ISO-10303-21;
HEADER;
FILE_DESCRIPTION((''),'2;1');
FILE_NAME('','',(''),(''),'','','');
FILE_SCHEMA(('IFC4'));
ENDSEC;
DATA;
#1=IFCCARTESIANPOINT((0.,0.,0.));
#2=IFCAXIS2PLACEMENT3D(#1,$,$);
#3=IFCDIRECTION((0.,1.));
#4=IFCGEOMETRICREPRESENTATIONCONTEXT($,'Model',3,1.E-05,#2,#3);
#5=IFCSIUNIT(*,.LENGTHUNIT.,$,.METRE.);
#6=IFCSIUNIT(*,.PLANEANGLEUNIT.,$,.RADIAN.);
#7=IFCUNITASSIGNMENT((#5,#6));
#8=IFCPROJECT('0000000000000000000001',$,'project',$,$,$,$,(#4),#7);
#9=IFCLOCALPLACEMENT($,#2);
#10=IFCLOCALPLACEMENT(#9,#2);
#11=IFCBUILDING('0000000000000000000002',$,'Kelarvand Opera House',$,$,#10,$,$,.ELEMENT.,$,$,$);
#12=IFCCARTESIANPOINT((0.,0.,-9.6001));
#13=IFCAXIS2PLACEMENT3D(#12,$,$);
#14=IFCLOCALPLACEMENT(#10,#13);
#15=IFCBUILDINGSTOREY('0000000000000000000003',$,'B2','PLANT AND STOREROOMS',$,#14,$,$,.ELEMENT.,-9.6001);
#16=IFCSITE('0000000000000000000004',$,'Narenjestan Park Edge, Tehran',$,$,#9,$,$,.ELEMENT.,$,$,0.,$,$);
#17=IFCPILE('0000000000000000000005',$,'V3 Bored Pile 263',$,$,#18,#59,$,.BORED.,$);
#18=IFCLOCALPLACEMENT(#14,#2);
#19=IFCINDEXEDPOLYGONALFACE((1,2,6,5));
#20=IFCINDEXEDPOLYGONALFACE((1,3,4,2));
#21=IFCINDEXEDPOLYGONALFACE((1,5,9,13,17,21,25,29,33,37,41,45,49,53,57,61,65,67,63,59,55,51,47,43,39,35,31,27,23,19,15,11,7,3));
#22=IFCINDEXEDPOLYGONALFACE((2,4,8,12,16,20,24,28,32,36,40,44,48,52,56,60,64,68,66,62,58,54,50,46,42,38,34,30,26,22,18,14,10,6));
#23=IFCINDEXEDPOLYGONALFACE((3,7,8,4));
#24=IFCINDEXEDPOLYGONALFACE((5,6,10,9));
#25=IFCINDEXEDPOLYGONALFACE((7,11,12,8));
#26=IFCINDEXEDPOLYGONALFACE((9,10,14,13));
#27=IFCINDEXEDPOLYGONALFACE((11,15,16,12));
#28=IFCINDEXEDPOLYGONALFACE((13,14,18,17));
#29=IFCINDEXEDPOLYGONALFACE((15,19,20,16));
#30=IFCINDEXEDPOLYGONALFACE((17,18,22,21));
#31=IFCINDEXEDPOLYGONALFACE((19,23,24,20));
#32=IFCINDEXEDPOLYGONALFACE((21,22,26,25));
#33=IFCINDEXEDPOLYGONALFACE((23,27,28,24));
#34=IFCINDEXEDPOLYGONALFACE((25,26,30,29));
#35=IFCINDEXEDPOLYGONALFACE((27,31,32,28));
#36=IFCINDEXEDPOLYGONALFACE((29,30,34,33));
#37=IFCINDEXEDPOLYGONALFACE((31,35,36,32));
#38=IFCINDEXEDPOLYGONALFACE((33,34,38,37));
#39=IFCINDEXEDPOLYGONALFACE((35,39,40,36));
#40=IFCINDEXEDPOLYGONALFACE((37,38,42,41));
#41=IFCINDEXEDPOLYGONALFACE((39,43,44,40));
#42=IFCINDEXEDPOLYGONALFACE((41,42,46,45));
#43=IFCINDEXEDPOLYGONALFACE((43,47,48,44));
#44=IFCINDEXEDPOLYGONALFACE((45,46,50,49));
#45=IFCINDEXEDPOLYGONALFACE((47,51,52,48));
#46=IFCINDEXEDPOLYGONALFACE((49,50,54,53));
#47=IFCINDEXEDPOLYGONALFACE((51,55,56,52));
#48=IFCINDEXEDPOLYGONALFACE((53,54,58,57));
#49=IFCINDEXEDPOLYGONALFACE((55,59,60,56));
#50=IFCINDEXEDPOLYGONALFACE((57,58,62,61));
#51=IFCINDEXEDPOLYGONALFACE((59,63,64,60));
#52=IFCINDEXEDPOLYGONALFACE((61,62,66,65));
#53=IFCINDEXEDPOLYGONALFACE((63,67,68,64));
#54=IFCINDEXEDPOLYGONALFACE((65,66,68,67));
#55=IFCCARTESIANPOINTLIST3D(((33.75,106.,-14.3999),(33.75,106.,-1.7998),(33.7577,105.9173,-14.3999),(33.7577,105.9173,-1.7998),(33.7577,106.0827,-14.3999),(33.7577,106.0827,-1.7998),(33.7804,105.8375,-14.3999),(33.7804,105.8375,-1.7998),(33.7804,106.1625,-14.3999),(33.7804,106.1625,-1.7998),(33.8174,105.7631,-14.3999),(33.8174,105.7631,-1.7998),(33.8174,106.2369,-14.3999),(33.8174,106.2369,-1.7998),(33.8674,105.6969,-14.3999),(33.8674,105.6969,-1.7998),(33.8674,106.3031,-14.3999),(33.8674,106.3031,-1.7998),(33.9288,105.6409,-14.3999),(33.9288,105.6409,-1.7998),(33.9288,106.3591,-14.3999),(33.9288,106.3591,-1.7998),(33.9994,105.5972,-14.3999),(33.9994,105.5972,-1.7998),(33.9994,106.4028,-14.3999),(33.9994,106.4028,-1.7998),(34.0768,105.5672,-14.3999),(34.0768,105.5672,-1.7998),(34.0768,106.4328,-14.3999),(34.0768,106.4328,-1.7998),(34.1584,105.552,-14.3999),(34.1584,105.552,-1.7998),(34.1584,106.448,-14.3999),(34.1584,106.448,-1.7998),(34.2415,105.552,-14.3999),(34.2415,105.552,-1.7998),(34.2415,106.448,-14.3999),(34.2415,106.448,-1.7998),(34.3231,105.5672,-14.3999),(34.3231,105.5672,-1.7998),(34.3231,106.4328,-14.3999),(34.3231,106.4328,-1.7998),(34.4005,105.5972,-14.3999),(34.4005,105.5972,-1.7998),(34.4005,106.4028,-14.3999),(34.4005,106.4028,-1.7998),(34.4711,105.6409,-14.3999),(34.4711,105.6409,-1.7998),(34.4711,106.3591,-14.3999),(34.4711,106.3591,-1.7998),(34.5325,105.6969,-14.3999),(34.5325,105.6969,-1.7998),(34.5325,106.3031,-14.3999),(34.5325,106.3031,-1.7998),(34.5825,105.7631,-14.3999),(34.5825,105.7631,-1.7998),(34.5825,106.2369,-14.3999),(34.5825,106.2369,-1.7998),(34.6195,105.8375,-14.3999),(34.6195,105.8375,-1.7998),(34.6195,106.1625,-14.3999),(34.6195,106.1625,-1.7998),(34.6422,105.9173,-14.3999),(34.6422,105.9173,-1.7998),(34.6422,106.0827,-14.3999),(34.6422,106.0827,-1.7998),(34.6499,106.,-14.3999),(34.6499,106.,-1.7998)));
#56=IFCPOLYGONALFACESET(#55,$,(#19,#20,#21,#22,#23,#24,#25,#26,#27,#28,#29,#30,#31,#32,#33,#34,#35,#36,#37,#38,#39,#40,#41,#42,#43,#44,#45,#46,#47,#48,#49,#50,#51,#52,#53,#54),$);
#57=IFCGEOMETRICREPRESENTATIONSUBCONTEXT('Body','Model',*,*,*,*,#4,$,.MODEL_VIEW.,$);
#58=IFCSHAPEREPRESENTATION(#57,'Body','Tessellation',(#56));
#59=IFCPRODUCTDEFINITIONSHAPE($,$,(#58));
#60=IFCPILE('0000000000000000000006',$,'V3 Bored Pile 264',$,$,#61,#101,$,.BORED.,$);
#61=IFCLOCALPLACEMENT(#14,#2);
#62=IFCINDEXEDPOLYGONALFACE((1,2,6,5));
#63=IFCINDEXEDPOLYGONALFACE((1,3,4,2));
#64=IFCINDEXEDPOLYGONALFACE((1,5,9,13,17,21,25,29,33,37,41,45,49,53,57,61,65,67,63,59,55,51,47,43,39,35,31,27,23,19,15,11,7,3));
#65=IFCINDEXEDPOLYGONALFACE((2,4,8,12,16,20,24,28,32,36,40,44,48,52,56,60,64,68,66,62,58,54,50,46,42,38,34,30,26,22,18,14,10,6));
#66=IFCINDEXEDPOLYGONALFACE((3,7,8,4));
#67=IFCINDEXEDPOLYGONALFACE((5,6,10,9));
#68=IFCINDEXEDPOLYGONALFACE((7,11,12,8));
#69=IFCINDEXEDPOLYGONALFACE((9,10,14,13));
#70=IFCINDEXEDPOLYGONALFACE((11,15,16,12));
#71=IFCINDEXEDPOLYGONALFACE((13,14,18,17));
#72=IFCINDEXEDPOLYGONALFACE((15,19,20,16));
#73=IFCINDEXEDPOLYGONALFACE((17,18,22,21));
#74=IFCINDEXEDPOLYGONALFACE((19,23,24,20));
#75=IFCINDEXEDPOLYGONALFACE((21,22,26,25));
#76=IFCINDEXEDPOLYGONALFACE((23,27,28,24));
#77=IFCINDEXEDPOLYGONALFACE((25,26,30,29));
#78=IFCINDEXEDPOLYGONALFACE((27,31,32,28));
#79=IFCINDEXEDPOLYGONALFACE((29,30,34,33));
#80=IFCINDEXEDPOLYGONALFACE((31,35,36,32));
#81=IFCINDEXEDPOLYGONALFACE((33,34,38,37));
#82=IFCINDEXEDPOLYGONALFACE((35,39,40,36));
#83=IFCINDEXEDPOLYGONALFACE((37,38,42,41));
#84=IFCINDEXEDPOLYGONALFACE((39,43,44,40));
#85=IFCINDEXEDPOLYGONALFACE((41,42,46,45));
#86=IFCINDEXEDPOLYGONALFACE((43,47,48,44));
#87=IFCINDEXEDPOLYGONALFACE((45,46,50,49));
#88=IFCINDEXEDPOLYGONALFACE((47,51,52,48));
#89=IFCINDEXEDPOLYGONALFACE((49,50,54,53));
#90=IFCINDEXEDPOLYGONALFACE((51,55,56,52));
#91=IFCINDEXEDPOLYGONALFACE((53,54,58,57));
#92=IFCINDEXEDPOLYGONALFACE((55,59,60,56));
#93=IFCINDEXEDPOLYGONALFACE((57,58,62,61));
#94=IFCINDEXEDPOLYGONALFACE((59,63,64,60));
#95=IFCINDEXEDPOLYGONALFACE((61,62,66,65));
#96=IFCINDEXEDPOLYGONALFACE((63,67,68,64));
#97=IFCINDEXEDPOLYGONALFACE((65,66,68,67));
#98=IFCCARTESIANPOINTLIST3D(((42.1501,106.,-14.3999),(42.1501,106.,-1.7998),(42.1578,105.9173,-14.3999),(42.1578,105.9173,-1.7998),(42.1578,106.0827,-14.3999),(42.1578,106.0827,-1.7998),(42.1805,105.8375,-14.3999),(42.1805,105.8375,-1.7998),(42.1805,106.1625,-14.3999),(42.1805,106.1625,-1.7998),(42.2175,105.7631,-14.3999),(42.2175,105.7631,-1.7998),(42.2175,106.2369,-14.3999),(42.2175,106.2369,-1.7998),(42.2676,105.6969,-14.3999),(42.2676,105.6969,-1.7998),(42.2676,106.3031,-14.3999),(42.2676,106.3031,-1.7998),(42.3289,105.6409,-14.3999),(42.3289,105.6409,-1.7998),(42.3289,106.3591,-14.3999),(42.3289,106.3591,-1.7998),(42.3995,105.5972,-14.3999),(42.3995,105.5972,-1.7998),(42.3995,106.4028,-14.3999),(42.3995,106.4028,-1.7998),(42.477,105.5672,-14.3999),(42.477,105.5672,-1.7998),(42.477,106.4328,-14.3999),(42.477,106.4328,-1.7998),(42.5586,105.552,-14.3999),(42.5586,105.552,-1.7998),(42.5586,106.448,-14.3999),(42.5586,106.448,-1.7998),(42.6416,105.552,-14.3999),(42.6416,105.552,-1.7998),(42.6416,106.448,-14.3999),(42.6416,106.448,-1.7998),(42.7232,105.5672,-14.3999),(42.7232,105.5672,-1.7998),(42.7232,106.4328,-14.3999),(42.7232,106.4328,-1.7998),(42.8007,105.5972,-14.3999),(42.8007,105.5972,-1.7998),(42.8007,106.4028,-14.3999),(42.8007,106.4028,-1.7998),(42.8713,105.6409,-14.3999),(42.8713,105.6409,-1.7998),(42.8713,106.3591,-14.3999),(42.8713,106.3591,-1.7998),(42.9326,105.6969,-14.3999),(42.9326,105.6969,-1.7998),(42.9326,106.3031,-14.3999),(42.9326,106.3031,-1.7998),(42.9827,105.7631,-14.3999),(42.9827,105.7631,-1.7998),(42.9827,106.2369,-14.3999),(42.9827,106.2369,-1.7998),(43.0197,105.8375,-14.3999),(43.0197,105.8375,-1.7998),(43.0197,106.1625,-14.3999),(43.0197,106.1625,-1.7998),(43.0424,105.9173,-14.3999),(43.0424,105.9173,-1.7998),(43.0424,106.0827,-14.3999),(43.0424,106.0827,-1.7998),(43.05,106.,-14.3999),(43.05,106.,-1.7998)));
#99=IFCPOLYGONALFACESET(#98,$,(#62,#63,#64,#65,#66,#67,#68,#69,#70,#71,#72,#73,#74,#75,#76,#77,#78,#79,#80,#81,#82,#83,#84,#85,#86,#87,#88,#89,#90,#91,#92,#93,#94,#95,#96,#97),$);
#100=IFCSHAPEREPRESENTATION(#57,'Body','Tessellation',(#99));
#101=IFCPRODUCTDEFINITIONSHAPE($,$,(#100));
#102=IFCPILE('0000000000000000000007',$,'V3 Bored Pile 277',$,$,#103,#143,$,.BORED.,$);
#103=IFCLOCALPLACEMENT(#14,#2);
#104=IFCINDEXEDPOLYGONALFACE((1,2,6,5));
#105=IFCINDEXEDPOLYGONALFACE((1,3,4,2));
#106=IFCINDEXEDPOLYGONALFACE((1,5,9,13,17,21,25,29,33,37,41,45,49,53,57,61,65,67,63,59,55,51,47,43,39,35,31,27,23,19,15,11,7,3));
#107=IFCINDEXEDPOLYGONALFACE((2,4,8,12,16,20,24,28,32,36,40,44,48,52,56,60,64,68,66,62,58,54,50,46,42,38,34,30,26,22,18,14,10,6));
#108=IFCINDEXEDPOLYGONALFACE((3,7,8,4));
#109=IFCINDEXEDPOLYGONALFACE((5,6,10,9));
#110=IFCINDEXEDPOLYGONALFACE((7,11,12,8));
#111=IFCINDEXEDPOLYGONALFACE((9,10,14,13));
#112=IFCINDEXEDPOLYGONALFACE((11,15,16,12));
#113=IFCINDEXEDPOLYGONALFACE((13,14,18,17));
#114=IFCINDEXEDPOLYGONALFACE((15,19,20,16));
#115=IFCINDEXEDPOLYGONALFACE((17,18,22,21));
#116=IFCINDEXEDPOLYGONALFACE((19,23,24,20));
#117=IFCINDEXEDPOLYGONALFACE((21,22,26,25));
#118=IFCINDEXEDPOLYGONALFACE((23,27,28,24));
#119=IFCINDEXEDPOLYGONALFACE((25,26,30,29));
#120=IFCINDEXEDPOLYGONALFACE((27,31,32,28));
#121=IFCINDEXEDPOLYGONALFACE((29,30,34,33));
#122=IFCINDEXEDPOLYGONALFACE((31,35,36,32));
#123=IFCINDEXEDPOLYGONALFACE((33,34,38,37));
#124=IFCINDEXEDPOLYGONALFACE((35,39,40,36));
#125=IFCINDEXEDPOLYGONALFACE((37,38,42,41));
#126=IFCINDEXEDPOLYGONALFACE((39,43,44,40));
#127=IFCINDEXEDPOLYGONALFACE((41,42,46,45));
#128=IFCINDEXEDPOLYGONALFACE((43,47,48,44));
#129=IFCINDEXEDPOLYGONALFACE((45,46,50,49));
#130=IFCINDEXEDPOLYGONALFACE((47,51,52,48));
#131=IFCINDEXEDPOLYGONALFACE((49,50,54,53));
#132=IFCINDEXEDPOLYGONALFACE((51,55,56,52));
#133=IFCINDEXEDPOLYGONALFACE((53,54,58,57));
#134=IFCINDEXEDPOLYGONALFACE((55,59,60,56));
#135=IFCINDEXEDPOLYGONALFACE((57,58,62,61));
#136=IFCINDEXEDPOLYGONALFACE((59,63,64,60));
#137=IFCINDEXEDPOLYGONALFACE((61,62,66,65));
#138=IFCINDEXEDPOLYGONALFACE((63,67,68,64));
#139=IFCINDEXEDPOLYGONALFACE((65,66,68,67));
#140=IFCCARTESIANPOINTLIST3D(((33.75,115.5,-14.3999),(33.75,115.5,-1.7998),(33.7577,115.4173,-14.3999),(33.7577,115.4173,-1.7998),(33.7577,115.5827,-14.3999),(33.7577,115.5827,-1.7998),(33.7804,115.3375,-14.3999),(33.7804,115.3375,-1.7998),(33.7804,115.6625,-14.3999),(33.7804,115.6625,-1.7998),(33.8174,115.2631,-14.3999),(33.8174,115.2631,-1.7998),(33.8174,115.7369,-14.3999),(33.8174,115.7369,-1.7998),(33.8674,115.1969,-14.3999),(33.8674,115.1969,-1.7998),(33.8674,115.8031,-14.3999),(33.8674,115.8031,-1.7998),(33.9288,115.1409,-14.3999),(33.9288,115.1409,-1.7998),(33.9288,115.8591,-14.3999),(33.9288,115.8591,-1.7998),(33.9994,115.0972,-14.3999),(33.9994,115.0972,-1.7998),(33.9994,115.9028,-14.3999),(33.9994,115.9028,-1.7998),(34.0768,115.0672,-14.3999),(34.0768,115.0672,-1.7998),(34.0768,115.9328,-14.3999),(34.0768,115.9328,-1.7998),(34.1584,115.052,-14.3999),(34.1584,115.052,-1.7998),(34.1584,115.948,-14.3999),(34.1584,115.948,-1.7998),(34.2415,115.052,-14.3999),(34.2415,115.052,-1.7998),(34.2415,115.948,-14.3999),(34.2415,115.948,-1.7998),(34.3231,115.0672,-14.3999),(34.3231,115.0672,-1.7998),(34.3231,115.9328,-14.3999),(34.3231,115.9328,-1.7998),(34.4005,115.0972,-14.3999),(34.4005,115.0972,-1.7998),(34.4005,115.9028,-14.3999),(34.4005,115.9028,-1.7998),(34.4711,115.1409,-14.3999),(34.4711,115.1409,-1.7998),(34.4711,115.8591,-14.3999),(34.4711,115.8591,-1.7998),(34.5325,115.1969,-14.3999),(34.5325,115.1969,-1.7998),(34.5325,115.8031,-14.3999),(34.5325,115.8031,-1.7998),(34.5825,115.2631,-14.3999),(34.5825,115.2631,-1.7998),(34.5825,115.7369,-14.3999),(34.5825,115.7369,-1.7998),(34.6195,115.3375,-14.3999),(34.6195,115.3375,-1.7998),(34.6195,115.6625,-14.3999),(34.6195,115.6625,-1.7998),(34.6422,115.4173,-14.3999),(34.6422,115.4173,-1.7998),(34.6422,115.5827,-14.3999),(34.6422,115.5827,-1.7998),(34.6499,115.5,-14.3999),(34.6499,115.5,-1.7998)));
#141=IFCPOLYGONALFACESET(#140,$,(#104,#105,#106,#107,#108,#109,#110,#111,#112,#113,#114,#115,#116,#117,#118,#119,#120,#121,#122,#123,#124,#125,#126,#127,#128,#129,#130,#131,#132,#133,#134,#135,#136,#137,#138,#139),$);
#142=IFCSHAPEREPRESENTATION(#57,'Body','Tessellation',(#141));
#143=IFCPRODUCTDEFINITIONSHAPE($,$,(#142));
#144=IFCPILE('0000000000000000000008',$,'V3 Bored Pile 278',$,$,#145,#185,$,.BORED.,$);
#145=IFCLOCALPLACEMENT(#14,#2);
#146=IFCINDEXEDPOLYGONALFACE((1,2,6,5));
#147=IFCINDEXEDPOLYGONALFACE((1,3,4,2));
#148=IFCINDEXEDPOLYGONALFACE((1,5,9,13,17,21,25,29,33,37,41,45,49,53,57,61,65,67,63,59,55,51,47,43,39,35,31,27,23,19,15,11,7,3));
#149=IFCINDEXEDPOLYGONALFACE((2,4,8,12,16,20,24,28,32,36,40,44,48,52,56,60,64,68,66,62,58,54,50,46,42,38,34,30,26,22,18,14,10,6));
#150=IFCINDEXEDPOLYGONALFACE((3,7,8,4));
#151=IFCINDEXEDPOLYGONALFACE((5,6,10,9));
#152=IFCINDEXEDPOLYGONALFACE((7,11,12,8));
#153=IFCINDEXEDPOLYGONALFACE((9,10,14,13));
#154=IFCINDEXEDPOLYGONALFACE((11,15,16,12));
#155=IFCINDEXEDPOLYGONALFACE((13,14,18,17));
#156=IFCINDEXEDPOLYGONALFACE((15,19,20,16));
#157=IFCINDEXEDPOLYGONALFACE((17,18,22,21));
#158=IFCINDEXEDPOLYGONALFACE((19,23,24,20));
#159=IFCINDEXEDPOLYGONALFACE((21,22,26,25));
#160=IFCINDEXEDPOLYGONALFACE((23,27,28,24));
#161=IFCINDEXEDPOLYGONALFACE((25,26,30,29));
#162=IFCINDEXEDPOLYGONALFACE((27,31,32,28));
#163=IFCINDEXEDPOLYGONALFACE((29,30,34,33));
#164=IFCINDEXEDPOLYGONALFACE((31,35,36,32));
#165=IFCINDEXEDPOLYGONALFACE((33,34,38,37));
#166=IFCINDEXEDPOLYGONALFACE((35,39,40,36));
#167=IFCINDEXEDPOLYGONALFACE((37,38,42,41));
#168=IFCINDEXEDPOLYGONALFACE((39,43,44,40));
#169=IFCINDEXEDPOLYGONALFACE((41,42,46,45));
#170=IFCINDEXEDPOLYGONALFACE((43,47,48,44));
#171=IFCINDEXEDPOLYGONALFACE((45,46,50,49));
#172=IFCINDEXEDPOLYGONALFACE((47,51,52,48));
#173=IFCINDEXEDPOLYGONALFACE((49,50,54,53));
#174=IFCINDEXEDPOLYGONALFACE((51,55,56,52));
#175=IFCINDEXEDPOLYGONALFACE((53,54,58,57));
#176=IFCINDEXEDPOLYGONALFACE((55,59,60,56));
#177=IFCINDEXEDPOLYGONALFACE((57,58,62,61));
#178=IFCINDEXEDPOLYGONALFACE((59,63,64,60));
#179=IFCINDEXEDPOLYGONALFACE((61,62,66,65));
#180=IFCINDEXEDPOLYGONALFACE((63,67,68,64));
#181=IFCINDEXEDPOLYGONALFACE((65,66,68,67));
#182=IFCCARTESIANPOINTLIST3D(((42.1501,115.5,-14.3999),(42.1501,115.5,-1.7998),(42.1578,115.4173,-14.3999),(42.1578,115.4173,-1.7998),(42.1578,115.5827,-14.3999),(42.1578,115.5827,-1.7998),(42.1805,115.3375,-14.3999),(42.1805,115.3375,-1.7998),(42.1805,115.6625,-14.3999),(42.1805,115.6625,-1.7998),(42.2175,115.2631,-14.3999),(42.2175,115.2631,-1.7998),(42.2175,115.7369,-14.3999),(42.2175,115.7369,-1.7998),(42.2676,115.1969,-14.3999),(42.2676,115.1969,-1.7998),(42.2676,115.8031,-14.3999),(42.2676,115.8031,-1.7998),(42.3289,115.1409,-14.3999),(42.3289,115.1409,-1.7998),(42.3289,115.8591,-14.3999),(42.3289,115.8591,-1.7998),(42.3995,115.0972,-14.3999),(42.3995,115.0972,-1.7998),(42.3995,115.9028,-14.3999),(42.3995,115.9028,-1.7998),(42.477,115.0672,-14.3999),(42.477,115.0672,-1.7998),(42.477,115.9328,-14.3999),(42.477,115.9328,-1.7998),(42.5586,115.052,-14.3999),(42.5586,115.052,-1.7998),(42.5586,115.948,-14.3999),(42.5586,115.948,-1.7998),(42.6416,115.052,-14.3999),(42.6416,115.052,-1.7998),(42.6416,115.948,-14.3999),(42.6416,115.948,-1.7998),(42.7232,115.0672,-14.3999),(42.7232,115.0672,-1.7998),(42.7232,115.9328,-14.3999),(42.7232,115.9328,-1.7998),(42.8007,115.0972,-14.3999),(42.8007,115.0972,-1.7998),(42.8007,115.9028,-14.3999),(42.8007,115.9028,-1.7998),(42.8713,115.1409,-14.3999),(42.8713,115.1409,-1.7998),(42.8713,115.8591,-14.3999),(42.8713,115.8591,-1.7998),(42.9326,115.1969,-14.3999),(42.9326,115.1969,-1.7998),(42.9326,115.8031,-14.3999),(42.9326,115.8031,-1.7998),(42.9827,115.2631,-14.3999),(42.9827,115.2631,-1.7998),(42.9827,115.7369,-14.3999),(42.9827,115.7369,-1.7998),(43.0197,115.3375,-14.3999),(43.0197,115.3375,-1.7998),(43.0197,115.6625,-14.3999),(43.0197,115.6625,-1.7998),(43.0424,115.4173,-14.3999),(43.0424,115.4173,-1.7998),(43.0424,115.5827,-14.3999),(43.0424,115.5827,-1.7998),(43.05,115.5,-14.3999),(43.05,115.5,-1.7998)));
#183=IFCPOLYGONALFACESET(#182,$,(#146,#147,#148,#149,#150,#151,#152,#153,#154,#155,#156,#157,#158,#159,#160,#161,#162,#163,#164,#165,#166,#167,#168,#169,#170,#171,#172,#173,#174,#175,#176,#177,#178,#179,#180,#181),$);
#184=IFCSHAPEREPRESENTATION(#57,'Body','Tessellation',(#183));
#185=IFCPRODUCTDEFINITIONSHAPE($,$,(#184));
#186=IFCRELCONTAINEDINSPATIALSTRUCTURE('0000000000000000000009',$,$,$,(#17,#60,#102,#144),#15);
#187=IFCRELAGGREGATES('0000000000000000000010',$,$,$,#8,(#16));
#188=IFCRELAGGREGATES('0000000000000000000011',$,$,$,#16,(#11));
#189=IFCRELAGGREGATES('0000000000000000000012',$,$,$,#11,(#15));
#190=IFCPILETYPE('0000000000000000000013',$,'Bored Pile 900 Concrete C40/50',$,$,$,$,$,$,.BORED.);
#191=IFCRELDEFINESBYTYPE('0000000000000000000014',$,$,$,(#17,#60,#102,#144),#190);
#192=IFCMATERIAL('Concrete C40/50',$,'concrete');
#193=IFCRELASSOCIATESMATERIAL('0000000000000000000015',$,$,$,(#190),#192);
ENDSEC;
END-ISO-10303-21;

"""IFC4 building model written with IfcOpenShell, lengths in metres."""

from ifc_helpers import new_model, si_unit, direction, frame, origin, origin_2d, place, context, subcontext, project, spatial, circle, extrude, material, material_profile, profile_set, type_object, element, save


model = new_model("IFC4")

# Units and contexts
model_context = context("Model", 3, precision=1e-05, world=origin(), true_north=direction((0.0, 1.0)))
body_context = subcontext(model_context, "Body", "Model", "MODEL_VIEW")
ifc_project = project(units=[si_unit("LENGTHUNIT", "METRE"), si_unit("PLANEANGLEUNIT", "RADIAN")], contexts=[model_context])

# Site, building, storey
site_placement = place(None, origin())
site = spatial("IfcSite", under=ifc_project, at=site_placement, Name="Narenjestan Park Edge, Tehran", CompositionType="ELEMENT", RefElevation=0.0)
building_placement = place(site_placement, origin())
building = spatial("IfcBuilding", under=site, at=building_placement, Name="Kelarvand Opera House", CompositionType="ELEMENT")
storey_placement = place(building_placement, frame((0.0, 0.0, -9.6001)))
storey = spatial("IfcBuildingStorey", under=building, at=storey_placement, Name="B2", Description="PLANT AND STOREROOMS", CompositionType="ELEMENT", Elevation=-9.6001)

# Piles
ifc_material_1 = material(Name="Concrete C40/50", Category="concrete")
ifc_material_profile_1 = material_profile(ifc_material_1, circle(Radius=0.45, at=origin_2d()), Name="BP 900", Category="concrete")
ifc_profile_set_1 = profile_set([ifc_material_profile_1], Name="Concrete C40/50")
pile_type = type_object("IfcPileType", Name="Bored Pile 900 Concrete C40/50", PredefinedType="BORED", material=ifc_profile_set_1)
for number, where, z_axis, x_axis, name in (
    (1, (34.2, 106.0, -1.7998), (0.0, 0.0, -1.0), (1.0, 0.0, 0.0), "V3 Bored Pile 263"),
    (2, (42.6001, 106.0, -1.7998), (0.0, 0.0, -1.0), (1.0, 0.0, 0.0), "V3 Bored Pile 264"),
    (3, (34.2, 115.5, -1.7998), (0.0, 0.0, -1.0), (1.0, 0.0, 0.0), "V3 Bored Pile 277"),
    (4, (42.6001, 115.5, -1.7998), (0.0, 0.0, -1.0), (1.0, 0.0, 0.0), "V3 Bored Pile 278"),
):
    element("IfcPile", number, at=place(storey_placement, frame(where, z_axis=z_axis, x_axis=x_axis)), inside=storey, type_object=pile_type, Name=name, PredefinedType="BORED", context=body_context, shape_type="SweptSolid", body=[
        extrude(circle(Radius=0.45, at=origin_2d()), origin(), (0.0, 0.0, 1.0), 12.6001),
    ])

save(model, "model.ifc")
